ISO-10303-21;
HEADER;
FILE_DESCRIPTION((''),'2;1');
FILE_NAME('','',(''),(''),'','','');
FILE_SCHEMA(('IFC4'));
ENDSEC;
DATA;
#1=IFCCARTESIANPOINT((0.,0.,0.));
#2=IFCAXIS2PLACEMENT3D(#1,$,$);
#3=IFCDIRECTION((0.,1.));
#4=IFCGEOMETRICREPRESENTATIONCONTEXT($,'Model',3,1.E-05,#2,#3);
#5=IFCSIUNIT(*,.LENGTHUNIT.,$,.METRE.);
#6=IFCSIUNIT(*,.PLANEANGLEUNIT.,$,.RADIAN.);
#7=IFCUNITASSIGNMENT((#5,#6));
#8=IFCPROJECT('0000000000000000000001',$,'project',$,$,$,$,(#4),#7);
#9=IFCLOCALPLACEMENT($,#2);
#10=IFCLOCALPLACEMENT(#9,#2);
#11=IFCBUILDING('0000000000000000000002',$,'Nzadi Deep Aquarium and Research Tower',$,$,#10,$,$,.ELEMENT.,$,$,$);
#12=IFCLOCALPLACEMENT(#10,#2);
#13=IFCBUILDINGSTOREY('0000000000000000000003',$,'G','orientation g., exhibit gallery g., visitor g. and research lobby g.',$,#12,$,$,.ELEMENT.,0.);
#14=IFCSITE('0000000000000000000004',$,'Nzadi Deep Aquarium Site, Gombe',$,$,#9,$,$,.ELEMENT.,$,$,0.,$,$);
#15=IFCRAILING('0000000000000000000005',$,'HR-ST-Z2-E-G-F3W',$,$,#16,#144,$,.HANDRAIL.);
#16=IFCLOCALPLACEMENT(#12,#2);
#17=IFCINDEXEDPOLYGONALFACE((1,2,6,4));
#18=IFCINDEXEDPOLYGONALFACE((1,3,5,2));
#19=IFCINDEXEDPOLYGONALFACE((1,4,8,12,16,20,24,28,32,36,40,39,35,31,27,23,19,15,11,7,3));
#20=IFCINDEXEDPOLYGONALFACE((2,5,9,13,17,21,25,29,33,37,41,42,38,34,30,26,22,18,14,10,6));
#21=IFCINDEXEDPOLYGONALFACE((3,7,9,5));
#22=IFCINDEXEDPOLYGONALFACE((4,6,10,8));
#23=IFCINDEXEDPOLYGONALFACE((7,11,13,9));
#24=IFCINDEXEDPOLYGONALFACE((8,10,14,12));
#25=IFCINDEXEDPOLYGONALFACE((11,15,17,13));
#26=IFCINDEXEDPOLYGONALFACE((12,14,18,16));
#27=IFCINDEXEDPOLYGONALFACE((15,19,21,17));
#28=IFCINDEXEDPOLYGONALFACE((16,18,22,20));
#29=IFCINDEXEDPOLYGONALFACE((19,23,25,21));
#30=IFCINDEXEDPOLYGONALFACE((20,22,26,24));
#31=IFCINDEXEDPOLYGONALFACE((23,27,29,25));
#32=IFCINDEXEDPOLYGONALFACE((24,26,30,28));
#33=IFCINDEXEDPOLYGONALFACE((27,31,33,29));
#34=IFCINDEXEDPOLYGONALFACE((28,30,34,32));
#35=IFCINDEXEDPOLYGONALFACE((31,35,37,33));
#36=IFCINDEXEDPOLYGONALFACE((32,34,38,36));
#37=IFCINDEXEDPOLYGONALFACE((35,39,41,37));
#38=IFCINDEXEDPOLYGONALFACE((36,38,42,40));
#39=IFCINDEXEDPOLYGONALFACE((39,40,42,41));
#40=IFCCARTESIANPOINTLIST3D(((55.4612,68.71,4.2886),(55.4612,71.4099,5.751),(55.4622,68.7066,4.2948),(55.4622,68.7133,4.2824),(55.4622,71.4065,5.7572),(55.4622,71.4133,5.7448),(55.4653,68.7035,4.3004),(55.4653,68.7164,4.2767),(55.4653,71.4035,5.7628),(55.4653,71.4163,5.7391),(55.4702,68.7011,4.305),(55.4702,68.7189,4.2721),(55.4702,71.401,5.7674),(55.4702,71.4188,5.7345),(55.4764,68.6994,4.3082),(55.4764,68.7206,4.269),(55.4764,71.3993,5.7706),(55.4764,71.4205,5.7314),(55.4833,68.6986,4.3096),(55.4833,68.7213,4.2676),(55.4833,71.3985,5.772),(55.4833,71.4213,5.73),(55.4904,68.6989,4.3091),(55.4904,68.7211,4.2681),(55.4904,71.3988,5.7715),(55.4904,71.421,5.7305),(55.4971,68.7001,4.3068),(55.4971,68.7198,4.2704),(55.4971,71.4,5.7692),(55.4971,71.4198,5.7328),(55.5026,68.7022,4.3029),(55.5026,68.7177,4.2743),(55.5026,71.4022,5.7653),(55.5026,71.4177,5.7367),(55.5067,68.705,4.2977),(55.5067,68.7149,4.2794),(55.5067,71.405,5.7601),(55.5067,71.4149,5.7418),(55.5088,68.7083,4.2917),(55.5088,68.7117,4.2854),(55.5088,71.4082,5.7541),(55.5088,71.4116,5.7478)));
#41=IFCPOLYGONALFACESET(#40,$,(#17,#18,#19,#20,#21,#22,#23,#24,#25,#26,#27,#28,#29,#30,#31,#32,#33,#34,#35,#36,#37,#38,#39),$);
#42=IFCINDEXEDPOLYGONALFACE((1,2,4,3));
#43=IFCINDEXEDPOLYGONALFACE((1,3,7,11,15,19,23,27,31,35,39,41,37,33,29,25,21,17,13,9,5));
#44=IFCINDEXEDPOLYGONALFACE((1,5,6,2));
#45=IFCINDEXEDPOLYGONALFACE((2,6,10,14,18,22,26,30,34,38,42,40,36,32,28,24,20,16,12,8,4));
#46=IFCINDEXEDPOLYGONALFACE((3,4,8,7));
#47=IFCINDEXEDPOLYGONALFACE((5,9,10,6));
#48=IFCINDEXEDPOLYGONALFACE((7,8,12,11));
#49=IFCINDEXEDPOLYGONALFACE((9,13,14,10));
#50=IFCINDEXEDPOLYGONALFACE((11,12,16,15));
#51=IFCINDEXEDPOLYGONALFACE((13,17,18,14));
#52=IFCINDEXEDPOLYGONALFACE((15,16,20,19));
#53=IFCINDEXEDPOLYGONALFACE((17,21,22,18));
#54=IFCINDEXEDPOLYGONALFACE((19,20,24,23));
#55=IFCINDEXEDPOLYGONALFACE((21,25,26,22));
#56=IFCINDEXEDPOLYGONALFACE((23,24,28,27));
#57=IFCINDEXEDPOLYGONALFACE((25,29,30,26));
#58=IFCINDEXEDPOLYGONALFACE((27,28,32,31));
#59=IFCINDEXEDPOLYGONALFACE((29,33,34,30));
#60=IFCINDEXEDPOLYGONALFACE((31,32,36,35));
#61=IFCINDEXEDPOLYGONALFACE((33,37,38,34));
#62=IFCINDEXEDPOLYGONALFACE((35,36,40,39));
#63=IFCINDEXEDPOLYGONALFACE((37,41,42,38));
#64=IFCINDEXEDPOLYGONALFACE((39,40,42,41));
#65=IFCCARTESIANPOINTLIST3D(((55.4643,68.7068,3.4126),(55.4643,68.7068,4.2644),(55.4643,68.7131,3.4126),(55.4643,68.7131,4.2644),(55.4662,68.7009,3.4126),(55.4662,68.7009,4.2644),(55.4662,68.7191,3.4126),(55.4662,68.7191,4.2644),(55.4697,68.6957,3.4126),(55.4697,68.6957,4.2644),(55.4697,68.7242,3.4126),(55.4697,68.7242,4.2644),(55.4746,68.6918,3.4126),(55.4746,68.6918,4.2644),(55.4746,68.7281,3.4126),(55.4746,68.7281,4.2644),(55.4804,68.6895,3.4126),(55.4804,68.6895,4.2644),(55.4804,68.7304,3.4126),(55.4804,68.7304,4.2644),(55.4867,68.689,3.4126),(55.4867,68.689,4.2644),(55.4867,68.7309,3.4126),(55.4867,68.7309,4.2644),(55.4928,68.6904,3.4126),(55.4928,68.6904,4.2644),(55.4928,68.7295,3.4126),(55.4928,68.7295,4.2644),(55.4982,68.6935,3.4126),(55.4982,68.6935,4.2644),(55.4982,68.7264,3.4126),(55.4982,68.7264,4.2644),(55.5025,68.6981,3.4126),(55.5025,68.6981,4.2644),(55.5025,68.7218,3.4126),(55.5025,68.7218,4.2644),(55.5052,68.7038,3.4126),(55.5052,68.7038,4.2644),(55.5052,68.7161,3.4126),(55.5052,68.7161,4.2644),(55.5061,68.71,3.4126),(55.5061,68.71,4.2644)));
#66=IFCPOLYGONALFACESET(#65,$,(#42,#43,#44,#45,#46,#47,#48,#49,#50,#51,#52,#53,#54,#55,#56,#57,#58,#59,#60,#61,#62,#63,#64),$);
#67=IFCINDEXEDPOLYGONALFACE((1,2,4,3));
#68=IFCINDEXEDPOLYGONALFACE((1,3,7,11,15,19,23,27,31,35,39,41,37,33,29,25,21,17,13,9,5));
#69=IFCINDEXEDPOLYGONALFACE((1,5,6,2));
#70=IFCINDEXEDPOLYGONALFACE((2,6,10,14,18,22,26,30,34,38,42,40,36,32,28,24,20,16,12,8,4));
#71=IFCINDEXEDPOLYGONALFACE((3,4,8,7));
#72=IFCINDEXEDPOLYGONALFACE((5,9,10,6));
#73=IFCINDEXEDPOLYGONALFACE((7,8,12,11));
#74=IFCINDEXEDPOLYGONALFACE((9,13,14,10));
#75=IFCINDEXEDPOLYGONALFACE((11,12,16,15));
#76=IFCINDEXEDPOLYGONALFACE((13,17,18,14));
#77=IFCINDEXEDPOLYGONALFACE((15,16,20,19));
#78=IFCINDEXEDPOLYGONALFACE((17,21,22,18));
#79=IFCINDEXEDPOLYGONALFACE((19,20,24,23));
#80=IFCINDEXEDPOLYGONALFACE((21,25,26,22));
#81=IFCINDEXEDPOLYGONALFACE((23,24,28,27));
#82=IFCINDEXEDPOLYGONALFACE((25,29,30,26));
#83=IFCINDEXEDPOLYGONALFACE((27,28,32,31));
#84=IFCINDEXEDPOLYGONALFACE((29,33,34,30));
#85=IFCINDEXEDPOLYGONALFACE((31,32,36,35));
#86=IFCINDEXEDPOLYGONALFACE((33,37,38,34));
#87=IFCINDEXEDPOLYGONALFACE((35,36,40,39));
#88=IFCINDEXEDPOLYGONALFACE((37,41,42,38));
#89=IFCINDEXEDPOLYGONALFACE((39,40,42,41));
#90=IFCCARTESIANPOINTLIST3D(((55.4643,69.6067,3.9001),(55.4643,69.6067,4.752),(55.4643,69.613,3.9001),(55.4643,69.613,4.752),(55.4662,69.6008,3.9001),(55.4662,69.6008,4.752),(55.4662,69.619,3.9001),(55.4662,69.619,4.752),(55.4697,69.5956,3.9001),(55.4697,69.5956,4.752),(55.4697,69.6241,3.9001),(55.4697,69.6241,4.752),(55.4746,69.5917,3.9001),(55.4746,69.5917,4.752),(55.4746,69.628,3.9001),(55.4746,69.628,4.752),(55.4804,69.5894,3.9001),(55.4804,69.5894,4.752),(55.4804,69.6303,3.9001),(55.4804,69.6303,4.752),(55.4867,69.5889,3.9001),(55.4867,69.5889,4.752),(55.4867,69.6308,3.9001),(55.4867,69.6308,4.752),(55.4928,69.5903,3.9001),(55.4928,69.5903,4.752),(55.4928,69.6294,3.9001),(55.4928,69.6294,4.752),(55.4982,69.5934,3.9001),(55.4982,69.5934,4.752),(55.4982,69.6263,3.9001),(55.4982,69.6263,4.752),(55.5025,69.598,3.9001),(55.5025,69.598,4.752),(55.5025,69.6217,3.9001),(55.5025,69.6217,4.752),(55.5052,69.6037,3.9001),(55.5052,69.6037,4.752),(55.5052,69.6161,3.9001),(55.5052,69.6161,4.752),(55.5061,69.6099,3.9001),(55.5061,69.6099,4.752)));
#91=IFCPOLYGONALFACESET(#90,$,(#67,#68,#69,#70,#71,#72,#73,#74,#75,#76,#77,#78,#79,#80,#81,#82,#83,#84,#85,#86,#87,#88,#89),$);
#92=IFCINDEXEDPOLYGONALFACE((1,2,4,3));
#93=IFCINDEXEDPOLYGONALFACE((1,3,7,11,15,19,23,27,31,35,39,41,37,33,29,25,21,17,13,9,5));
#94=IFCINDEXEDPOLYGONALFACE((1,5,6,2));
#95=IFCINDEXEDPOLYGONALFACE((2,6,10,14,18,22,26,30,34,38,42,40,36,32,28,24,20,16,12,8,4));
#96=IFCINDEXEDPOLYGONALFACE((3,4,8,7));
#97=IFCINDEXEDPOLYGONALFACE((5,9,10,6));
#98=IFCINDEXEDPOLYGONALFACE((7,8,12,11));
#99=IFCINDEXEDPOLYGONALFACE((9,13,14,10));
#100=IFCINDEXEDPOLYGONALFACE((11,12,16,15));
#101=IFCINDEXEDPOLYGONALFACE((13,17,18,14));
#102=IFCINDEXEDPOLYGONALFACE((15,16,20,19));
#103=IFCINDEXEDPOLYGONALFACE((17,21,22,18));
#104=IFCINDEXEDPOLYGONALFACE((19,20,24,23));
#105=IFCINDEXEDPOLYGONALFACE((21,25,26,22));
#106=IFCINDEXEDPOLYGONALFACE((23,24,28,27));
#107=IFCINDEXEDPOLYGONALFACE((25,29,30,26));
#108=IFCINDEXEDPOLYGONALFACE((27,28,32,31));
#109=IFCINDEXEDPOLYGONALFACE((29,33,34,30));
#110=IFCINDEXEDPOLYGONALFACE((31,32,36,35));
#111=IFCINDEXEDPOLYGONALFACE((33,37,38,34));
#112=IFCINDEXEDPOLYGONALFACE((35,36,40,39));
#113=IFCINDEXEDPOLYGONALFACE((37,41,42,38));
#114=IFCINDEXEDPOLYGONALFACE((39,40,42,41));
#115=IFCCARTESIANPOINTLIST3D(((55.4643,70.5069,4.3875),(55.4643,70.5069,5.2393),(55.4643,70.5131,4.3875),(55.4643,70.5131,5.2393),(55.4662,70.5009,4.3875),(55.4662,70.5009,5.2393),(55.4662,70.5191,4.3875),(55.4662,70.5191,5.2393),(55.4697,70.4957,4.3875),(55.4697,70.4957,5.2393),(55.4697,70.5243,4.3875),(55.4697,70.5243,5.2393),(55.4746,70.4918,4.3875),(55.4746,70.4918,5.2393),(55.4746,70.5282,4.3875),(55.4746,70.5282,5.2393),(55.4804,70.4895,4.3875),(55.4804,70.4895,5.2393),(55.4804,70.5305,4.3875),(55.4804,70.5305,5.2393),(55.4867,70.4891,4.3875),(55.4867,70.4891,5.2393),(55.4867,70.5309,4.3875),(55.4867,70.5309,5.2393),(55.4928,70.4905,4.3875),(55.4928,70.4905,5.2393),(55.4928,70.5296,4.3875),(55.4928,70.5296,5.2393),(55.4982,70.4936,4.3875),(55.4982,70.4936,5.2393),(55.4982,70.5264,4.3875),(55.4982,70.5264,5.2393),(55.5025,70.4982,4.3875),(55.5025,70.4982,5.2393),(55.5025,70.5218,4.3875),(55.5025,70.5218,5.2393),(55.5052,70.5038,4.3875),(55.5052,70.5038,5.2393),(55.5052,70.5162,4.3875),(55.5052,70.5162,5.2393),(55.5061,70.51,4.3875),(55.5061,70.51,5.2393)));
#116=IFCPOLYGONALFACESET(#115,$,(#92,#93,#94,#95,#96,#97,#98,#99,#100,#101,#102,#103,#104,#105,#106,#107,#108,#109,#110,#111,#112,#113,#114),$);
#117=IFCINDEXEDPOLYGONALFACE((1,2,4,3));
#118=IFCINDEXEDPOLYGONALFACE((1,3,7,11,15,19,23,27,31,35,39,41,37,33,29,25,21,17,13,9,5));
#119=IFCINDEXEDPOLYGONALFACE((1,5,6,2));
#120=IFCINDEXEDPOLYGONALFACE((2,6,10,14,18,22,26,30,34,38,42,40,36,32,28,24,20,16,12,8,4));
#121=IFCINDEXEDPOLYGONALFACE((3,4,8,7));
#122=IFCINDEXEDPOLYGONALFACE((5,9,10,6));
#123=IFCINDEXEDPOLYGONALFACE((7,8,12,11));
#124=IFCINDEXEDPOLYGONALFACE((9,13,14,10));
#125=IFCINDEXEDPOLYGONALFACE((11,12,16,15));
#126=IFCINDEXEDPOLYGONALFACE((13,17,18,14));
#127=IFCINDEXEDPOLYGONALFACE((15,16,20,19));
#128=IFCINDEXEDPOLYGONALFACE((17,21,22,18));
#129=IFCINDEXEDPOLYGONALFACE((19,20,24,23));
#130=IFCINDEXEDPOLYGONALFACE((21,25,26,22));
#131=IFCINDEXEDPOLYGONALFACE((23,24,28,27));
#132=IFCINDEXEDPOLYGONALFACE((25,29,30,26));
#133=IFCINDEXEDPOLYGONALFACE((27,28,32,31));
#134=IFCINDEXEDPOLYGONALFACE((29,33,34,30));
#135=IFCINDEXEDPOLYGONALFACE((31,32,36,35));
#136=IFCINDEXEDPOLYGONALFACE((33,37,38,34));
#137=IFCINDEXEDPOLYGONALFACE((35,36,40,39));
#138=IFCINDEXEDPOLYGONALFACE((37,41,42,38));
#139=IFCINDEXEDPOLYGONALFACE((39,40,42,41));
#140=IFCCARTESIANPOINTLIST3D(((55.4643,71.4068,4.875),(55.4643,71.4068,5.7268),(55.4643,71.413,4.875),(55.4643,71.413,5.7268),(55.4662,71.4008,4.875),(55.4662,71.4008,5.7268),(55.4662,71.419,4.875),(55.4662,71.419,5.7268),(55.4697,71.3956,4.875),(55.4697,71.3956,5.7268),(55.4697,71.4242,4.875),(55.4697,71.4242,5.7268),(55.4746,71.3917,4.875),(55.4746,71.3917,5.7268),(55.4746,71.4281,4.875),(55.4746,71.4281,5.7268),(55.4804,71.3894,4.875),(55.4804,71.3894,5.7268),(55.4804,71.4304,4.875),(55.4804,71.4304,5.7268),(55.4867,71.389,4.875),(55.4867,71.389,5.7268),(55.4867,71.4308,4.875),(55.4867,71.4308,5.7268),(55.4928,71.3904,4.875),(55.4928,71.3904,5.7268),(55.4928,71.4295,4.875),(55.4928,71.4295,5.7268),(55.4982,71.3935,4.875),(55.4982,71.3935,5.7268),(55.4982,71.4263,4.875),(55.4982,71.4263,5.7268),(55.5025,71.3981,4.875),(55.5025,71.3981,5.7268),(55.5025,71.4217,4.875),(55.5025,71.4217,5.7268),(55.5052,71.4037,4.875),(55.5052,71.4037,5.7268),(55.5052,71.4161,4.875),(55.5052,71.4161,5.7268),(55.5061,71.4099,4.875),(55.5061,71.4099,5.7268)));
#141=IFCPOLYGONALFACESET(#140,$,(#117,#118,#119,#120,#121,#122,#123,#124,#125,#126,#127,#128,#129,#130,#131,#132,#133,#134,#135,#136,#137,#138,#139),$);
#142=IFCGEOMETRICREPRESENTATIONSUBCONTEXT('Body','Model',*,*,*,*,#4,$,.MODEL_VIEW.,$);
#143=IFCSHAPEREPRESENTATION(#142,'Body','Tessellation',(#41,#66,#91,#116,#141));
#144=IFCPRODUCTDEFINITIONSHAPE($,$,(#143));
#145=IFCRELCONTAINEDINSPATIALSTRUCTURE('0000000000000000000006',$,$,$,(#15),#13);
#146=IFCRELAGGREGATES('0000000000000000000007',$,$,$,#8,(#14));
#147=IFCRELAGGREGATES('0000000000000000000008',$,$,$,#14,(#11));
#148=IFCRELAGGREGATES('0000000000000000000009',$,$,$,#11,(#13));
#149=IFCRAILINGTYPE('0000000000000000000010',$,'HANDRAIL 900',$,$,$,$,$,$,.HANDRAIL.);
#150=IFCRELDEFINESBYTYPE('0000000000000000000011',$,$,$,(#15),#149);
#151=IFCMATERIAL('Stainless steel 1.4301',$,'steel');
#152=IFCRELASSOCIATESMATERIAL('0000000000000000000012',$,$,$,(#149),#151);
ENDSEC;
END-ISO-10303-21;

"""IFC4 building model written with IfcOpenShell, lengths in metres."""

from ifc_helpers import new_model, si_unit, direction, frame, origin, origin_2d, place, context, subcontext, project, spatial, circle, extrude, material, type_object, element, save


model = new_model("IFC4")

# Units and contexts
model_context = context("Model", 3, precision=1e-05, world=origin(), true_north=direction((0.0, 1.0)))
body_context = subcontext(model_context, "Body", "Model", "MODEL_VIEW")
ifc_project = project(units=[si_unit("LENGTHUNIT", "METRE"), si_unit("PLANEANGLEUNIT", "RADIAN")], contexts=[model_context])

# Site, building, storey
site_placement = place(None, origin())
site = spatial("IfcSite", under=ifc_project, at=site_placement, Name="Nzadi Deep Aquarium Site, Gombe", CompositionType="ELEMENT", RefElevation=0.0)
building_placement = place(site_placement, origin())
building = spatial("IfcBuilding", under=site, at=building_placement, Name="Nzadi Deep Aquarium and Research Tower", CompositionType="ELEMENT")
storey_placement = place(building_placement, origin())
storey = spatial("IfcBuildingStorey", under=building, at=storey_placement, Name="G", Description="orientation g., exhibit gallery g., visitor g. and research lobby g.", CompositionType="ELEMENT", Elevation=0.0)

# Railing
ifc_material_1 = material(Name="Stainless steel 1.4301", Category="steel")
railing_type = type_object("IfcRailingType", Name="HANDRAIL 900", PredefinedType="HANDRAIL", material=ifc_material_1)
for number, where, name in (
    (1, (55.4851, 68.71, 3.4126), "HR-ST-Z2-E-G-F3W"),
):
    element("IfcRailing", number, at=place(storey_placement, frame(where)), inside=storey, type_object=railing_type, Name=name, PredefinedType="HANDRAIL", context=body_context, shape_type="SweptSolid", body=[
        extrude(circle(Radius=0.0239, at=origin_2d()), frame((0.0, 0.0, 0.876), z_axis=(0.0, 0.879302, 0.476265), x_axis=(-1.0, 0.0, 0.0)), (0.0, 0.0, 1.0), 3.0706),
        extrude(circle(Radius=0.021, at=origin_2d()), origin(), (0.0, 0.0, 1.0), 0.8518),
        extrude(circle(Radius=0.021, at=origin_2d()), frame((0.0, 0.8999, 0.4875)), (0.0, 0.0, 1.0), 0.8518),
        extrude(circle(Radius=0.021, at=origin_2d()), frame((0.0, 1.8, 0.9749)), (0.0, 0.0, 1.0), 0.8518),
        extrude(circle(Radius=0.021, at=origin_2d()), frame((0.0, 2.7, 1.4624)), (0.0, 0.0, 1.0), 0.8518),
    ])

save(model, "model.ifc")
